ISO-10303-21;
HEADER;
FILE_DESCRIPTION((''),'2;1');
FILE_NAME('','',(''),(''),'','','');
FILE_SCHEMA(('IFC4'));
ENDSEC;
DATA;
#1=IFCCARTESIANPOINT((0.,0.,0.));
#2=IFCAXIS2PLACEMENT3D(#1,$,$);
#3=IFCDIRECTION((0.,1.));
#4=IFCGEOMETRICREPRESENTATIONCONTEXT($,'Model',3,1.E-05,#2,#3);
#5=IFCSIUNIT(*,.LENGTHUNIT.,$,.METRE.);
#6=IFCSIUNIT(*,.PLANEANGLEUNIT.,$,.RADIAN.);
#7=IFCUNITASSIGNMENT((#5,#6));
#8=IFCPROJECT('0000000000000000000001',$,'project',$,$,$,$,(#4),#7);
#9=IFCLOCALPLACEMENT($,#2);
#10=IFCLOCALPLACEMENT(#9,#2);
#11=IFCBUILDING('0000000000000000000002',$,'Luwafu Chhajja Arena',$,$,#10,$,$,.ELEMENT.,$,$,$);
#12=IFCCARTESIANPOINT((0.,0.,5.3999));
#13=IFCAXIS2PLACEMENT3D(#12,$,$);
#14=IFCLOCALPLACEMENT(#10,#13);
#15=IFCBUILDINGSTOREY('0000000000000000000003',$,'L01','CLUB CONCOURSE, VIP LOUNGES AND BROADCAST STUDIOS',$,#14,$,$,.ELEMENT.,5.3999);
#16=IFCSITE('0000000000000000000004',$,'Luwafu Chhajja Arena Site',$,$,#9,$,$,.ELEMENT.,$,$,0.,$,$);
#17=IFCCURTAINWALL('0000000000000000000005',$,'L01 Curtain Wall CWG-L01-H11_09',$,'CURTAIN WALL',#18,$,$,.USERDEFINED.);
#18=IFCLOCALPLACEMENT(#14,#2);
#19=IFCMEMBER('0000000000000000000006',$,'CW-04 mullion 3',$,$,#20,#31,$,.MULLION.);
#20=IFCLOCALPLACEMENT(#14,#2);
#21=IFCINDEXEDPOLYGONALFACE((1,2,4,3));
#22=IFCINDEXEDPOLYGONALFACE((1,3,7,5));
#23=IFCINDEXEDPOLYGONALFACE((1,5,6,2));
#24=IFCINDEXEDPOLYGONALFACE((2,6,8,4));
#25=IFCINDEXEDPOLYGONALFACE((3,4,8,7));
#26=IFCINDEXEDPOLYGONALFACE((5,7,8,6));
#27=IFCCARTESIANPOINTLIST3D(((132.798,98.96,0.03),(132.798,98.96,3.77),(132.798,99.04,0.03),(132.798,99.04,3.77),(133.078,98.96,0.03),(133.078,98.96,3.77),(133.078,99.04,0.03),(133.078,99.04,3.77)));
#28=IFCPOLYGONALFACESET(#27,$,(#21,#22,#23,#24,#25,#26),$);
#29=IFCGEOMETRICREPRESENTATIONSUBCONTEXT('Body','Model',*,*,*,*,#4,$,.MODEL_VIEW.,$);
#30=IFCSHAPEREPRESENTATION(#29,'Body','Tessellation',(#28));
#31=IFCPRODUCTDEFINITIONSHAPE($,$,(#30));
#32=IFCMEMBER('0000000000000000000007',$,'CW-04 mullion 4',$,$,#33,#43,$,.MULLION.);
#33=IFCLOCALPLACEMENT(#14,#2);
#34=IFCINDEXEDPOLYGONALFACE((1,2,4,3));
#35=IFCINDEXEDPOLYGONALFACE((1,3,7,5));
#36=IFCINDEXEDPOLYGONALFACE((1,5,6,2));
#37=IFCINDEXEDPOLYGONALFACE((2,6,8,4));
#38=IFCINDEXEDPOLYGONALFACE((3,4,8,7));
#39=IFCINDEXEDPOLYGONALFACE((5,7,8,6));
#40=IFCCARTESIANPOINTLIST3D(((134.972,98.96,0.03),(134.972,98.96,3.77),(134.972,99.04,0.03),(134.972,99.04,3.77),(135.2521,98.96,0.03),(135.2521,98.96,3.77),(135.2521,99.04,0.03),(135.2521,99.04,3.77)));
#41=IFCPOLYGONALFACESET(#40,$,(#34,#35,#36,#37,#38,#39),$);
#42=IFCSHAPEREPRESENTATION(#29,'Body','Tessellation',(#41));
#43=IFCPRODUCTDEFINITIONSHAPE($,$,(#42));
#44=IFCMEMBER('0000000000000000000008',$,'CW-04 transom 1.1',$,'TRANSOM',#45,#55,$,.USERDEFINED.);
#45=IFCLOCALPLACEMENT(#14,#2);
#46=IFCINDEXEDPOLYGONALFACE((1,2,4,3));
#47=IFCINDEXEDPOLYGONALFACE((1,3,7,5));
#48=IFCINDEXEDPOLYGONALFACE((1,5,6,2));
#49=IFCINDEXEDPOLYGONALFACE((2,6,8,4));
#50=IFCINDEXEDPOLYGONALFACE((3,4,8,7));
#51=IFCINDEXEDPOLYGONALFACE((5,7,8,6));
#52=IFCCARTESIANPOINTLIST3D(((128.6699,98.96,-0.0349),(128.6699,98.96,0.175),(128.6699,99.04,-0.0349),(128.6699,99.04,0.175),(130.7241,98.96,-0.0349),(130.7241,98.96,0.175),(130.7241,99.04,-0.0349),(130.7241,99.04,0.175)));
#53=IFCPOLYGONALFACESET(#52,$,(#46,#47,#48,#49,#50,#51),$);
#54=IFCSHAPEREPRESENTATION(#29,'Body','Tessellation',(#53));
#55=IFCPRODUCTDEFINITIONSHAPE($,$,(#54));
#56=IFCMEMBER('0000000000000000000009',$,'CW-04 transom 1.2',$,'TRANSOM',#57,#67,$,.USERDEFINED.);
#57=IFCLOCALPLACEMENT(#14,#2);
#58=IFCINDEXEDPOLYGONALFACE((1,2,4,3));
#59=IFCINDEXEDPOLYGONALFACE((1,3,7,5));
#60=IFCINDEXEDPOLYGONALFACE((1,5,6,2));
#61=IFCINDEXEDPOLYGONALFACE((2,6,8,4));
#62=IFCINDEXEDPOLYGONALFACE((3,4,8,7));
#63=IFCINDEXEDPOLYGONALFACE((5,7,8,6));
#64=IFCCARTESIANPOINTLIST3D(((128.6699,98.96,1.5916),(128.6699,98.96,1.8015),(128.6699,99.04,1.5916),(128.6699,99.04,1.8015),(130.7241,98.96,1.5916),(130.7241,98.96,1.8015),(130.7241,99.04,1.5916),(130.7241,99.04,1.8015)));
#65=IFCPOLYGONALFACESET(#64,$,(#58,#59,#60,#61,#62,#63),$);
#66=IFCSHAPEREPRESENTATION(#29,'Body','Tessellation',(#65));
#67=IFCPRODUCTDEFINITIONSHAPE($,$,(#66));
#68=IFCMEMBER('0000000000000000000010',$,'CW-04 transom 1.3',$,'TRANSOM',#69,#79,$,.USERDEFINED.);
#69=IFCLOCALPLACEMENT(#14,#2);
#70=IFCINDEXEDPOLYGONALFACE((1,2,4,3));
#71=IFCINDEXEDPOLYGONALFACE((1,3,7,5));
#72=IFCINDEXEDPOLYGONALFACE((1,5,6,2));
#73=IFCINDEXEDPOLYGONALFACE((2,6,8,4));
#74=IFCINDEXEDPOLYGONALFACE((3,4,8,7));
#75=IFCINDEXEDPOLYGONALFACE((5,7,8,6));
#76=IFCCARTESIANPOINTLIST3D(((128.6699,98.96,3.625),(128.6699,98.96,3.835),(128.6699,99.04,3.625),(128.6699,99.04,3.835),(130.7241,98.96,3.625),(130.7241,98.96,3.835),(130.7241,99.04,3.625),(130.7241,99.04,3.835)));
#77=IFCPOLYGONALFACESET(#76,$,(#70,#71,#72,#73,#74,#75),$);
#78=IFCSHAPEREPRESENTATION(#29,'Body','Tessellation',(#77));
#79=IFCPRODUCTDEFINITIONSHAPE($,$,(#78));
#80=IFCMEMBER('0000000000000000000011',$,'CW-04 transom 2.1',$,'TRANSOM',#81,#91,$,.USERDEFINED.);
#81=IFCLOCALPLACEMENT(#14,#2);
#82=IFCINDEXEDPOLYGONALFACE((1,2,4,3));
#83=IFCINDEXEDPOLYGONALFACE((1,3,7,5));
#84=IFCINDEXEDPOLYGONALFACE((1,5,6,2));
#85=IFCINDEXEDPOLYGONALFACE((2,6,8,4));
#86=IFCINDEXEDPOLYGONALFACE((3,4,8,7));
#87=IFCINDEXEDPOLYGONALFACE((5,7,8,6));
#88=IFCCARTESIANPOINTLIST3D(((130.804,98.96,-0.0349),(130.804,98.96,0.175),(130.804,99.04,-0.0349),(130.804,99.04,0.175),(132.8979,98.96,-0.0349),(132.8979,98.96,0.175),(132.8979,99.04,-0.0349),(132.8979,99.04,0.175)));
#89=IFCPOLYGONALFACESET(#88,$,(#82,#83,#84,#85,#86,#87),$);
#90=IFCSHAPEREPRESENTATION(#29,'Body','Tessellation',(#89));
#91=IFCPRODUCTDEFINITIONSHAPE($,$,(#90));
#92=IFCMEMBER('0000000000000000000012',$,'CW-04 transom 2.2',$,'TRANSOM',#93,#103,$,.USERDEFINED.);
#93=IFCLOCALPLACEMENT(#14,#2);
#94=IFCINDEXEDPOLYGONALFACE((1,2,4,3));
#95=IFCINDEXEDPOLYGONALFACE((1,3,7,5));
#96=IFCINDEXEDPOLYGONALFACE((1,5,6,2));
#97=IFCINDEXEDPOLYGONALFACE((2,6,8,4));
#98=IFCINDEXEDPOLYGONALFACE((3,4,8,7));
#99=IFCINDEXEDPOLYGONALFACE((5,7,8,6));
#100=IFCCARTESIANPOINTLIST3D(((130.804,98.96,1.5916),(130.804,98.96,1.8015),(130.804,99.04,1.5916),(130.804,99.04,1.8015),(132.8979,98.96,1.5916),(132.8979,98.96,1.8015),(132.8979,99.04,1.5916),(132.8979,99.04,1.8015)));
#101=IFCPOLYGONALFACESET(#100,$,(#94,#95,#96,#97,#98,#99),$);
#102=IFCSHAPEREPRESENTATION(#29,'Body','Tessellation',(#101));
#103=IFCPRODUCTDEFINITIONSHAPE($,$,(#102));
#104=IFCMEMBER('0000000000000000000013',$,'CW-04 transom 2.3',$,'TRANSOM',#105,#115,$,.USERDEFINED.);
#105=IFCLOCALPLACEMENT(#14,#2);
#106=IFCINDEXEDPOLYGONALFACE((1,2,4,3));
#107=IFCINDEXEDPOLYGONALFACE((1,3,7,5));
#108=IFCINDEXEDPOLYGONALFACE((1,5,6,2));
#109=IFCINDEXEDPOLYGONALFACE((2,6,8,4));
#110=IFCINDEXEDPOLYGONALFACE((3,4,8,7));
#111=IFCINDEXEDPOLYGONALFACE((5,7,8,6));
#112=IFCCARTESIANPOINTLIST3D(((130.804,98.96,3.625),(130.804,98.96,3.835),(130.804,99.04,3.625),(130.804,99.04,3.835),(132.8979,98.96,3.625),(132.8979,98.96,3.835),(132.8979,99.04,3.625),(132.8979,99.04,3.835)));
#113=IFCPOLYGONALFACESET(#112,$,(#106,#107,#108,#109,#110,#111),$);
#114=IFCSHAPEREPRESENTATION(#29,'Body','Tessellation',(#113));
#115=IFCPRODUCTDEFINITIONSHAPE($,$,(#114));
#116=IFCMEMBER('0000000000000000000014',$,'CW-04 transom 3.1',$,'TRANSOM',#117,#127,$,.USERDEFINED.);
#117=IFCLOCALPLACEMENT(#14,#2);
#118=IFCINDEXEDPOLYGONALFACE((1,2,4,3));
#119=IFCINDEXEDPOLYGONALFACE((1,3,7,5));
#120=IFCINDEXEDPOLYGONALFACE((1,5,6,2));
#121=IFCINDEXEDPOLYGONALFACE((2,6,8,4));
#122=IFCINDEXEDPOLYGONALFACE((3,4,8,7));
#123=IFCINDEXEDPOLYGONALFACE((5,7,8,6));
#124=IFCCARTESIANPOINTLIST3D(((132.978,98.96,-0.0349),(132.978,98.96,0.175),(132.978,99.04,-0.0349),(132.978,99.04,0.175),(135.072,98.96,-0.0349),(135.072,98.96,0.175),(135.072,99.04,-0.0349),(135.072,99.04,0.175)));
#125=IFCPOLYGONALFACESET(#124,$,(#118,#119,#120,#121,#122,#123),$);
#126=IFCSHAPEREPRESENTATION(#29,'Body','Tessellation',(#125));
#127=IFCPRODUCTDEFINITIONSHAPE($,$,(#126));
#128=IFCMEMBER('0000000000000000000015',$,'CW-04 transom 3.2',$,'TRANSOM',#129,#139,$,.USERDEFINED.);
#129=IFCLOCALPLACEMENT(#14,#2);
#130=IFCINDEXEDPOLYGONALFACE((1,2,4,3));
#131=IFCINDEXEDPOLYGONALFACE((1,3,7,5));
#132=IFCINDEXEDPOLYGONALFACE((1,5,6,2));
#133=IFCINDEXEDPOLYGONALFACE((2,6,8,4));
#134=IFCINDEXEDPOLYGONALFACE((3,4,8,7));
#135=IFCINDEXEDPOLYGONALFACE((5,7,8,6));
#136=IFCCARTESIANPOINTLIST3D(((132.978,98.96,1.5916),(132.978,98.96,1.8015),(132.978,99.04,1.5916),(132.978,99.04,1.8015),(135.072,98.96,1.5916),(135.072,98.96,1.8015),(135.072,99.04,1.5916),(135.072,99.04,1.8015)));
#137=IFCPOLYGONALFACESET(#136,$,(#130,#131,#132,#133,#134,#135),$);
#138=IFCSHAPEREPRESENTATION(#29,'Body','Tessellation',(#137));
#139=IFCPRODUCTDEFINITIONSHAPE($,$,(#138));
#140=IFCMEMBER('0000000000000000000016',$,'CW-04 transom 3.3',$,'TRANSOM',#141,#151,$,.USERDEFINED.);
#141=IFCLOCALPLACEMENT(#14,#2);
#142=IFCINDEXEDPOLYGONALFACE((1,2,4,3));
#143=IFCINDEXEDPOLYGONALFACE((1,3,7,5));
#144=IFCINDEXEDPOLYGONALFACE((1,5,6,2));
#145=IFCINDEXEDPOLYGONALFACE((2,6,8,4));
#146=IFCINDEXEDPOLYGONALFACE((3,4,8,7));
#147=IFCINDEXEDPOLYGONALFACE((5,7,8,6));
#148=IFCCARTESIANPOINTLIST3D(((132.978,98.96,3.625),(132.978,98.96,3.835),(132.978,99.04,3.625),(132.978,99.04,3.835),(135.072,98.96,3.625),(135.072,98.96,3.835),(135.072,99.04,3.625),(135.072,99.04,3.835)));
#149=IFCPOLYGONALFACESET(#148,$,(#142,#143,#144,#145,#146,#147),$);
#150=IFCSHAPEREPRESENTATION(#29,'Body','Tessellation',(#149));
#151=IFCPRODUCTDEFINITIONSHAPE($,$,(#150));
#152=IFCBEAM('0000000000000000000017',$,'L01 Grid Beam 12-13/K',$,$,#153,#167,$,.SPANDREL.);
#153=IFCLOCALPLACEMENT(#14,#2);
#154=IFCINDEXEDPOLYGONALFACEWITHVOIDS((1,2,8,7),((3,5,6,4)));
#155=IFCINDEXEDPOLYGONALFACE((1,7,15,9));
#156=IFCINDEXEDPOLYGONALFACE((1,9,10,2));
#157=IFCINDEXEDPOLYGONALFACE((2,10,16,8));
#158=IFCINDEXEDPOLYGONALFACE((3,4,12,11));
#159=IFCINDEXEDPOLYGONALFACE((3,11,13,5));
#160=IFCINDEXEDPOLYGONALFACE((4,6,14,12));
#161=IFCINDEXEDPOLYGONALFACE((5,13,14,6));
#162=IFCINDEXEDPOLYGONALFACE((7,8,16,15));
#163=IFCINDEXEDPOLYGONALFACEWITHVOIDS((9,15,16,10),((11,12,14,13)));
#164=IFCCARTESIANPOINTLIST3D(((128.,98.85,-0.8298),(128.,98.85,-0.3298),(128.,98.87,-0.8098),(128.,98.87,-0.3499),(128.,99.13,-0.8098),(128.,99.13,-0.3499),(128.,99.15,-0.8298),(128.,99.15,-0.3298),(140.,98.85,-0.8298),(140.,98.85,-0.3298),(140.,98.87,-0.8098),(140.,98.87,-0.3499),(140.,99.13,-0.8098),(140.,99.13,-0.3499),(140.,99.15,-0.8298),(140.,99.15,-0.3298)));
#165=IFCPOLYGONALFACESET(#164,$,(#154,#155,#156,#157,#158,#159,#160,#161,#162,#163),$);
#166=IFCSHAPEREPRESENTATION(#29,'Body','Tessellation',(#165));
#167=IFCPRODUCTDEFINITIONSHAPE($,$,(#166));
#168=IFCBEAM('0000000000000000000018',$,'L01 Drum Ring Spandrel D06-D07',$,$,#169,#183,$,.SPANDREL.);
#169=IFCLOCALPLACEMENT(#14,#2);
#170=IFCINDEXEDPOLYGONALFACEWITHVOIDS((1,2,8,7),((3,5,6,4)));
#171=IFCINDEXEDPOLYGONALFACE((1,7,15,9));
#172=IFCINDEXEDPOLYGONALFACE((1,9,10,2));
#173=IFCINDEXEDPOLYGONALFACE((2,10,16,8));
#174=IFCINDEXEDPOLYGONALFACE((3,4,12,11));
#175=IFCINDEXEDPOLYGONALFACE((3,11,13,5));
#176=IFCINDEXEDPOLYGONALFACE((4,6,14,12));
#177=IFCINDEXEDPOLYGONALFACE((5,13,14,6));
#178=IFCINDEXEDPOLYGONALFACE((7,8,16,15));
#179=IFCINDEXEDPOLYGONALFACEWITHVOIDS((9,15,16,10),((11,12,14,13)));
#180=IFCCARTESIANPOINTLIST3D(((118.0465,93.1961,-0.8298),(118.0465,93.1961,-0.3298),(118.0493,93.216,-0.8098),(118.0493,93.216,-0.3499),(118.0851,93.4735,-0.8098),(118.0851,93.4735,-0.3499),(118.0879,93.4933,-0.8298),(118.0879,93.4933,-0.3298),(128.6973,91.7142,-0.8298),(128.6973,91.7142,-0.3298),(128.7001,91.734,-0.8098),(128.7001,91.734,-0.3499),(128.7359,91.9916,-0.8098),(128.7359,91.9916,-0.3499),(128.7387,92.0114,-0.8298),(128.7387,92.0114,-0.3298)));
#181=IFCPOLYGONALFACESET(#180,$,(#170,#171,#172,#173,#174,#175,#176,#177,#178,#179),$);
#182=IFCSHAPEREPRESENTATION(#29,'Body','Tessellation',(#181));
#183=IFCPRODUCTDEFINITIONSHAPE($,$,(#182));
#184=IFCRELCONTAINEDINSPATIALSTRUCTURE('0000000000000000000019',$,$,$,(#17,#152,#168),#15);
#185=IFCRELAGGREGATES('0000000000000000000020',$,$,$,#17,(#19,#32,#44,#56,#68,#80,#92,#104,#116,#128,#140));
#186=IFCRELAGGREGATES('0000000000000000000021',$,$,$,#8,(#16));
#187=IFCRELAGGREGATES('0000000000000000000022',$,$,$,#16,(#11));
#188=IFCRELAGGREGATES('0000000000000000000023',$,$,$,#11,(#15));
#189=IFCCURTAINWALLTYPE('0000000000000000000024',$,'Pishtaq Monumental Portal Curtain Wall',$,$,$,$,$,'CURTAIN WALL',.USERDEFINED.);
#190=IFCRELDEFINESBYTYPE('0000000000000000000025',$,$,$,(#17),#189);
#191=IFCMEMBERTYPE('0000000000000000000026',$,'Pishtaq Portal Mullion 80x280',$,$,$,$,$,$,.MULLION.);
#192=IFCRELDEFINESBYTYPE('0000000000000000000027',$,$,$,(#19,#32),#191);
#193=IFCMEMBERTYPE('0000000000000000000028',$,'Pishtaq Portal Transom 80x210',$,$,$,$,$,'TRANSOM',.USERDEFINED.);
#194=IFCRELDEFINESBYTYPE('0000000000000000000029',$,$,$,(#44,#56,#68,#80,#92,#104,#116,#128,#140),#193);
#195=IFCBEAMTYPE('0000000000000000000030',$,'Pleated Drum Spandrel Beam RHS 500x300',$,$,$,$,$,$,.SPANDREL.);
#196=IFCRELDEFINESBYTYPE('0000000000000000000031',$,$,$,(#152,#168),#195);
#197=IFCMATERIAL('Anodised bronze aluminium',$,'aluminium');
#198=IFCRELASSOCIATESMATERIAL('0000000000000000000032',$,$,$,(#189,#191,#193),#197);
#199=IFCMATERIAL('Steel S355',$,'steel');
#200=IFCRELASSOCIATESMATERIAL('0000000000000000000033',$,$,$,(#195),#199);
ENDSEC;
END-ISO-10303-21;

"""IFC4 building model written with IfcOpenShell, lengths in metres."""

from ifc_helpers import new_model, si_unit, direction, frame, origin, origin_2d, place, context, subcontext, project, spatial, rectangle, hollow_rectangle, extrude, material, material_profile, profile_set, type_object, element, aggregate, save


model = new_model("IFC4")

# Units and contexts
model_context = context("Model", 3, precision=1e-05, world=origin(), true_north=direction((0.0, 1.0)))
body_context = subcontext(model_context, "Body", "Model", "MODEL_VIEW")
ifc_project = project(units=[si_unit("LENGTHUNIT", "METRE"), si_unit("PLANEANGLEUNIT", "RADIAN")], contexts=[model_context])

# Site, building, storey
site_placement = place(None, origin())
site = spatial("IfcSite", under=ifc_project, at=site_placement, Name="Luwafu Chhajja Arena Site", CompositionType="ELEMENT", RefElevation=0.0)
building_placement = place(site_placement, origin())
building = spatial("IfcBuilding", under=site, at=building_placement, Name="Luwafu Chhajja Arena", CompositionType="ELEMENT")
storey_placement = place(building_placement, frame((0.0, 0.0, 5.3999)))
storey = spatial("IfcBuildingStorey", under=building, at=storey_placement, Name="L01", Description="CLUB CONCOURSE, VIP LOUNGES AND BROADCAST STUDIOS", CompositionType="ELEMENT", Elevation=5.3999)

# Shared definitions
ifc_material_1 = material(Name="Steel S355", Category="steel")

# Curtain wall, members
ifc_material_2 = material(Name="Anodised bronze aluminium", Category="aluminium")
curtain_wall_type = type_object("IfcCurtainWallType", Name="Pishtaq Monumental Portal Curtain Wall", ElementType="CURTAIN WALL", PredefinedType="USERDEFINED", material=ifc_material_2)
curtain_wall_placement = place(storey_placement, origin())
curtain_wall = element("IfcCurtainWall", 1, at=curtain_wall_placement, inside=storey, type_object=curtain_wall_type, Name="L01 Curtain Wall CWG-L01-H11_09", ObjectType="CURTAIN WALL", PredefinedType="USERDEFINED")
ifc_material_profile_1 = material_profile(ifc_material_2, rectangle(XDim=0.0801, YDim=0.28, at=origin_2d()), Name="CWM 80x280")
ifc_profile_set_1 = profile_set([ifc_material_profile_1], Name="Anodised bronze aluminium")
member_type_1 = type_object("IfcMemberType", Name="Pishtaq Portal Mullion 80x280", PredefinedType="MULLION", material=ifc_profile_set_1)
member_1_placement = place(storey_placement, frame((132.938, 99.0, 0.03), z_axis=(0.0, 0.0, 1.0), x_axis=(0.0, 1.0, 0.0)))
member_1 = element("IfcMember", 2, at=member_1_placement, type_object=member_type_1, Name="CW-04 mullion 3", PredefinedType="MULLION", context=body_context, shape_type="SweptSolid", body=[
    extrude(rectangle(XDim=0.0801, YDim=0.28, at=origin_2d()), origin(), (0.0, 0.0, 1.0), 3.74),
])
member_2_placement = place(storey_placement, frame((135.1121, 99.0, 0.03), z_axis=(0.0, 0.0, 1.0), x_axis=(0.0, 1.0, 0.0)))
member_2 = element("IfcMember", 3, at=member_2_placement, type_object=member_type_1, Name="CW-04 mullion 4", PredefinedType="MULLION", context=body_context, shape_type="SweptSolid", body=[
    extrude(rectangle(XDim=0.0801, YDim=0.28, at=origin_2d()), origin(), (0.0, 0.0, 1.0), 3.74),
])
ifc_material_profile_2 = material_profile(ifc_material_2, rectangle(XDim=0.0801, YDim=0.21, at=origin_2d()), Name="CWT 80x210")
ifc_profile_set_2 = profile_set([ifc_material_profile_2], Name="Anodised bronze aluminium")
member_type_2 = type_object("IfcMemberType", Name="Pishtaq Portal Transom 80x210", ElementType="TRANSOM", PredefinedType="USERDEFINED", material=ifc_profile_set_2)
member_3_placement = place(storey_placement, frame((128.6699, 99.0, 0.0701), z_axis=(1.0, 0.0, 0.0), x_axis=(0.0, 1.0, 0.0)))
member_3 = element("IfcMember", 4, at=member_3_placement, type_object=member_type_2, Name="CW-04 transom 1.1", ObjectType="TRANSOM", PredefinedType="USERDEFINED", context=body_context, shape_type="SweptSolid", body=[
    extrude(rectangle(XDim=0.0801, YDim=0.21, at=origin_2d()), origin(), (0.0, 0.0, 1.0), 2.0542),
])
member_4_placement = place(storey_placement, frame((128.6699, 99.0, 1.6965), z_axis=(1.0, 0.0, 0.0), x_axis=(0.0, 1.0, 0.0)))
member_4 = element("IfcMember", 5, at=member_4_placement, type_object=member_type_2, Name="CW-04 transom 1.2", ObjectType="TRANSOM", PredefinedType="USERDEFINED", context=body_context, shape_type="SweptSolid", body=[
    extrude(rectangle(XDim=0.0801, YDim=0.21, at=origin_2d()), origin(), (0.0, 0.0, 1.0), 2.0542),
])
member_5_placement = place(storey_placement, frame((128.6699, 99.0, 3.73), z_axis=(1.0, 0.0, 0.0), x_axis=(0.0, 1.0, 0.0)))
member_5 = element("IfcMember", 6, at=member_5_placement, type_object=member_type_2, Name="CW-04 transom 1.3", ObjectType="TRANSOM", PredefinedType="USERDEFINED", context=body_context, shape_type="SweptSolid", body=[
    extrude(rectangle(XDim=0.0801, YDim=0.21, at=origin_2d()), origin(), (0.0, 0.0, 1.0), 2.0542),
])
member_6_placement = place(storey_placement, frame((130.804, 99.0, 0.0701), z_axis=(1.0, 0.0, 0.0), x_axis=(0.0, 1.0, 0.0)))
member_6 = element("IfcMember", 7, at=member_6_placement, type_object=member_type_2, Name="CW-04 transom 2.1", ObjectType="TRANSOM", PredefinedType="USERDEFINED", context=body_context, shape_type="SweptSolid", body=[
    extrude(rectangle(XDim=0.0801, YDim=0.21, at=origin_2d()), origin(), (0.0, 0.0, 1.0), 2.094),
])
member_7_placement = place(storey_placement, frame((130.804, 99.0, 1.6965), z_axis=(1.0, 0.0, 0.0), x_axis=(0.0, 1.0, 0.0)))
member_7 = element("IfcMember", 8, at=member_7_placement, type_object=member_type_2, Name="CW-04 transom 2.2", ObjectType="TRANSOM", PredefinedType="USERDEFINED", context=body_context, shape_type="SweptSolid", body=[
    extrude(rectangle(XDim=0.0801, YDim=0.21, at=origin_2d()), origin(), (0.0, 0.0, 1.0), 2.094),
])
member_8_placement = place(storey_placement, frame((130.804, 99.0, 3.73), z_axis=(1.0, 0.0, 0.0), x_axis=(0.0, 1.0, 0.0)))
member_8 = element("IfcMember", 9, at=member_8_placement, type_object=member_type_2, Name="CW-04 transom 2.3", ObjectType="TRANSOM", PredefinedType="USERDEFINED", context=body_context, shape_type="SweptSolid", body=[
    extrude(rectangle(XDim=0.0801, YDim=0.21, at=origin_2d()), origin(), (0.0, 0.0, 1.0), 2.094),
])
member_9_placement = place(storey_placement, frame((132.978, 99.0, 0.0701), z_axis=(1.0, 0.0, 0.0), x_axis=(0.0, 1.0, 0.0)))
member_9 = element("IfcMember", 10, at=member_9_placement, type_object=member_type_2, Name="CW-04 transom 3.1", ObjectType="TRANSOM", PredefinedType="USERDEFINED", context=body_context, shape_type="SweptSolid", body=[
    extrude(rectangle(XDim=0.0801, YDim=0.21, at=origin_2d()), origin(), (0.0, 0.0, 1.0), 2.094),
])
member_10_placement = place(storey_placement, frame((132.978, 99.0, 1.6965), z_axis=(1.0, 0.0, 0.0), x_axis=(0.0, 1.0, 0.0)))
member_10 = element("IfcMember", 11, at=member_10_placement, type_object=member_type_2, Name="CW-04 transom 3.2", ObjectType="TRANSOM", PredefinedType="USERDEFINED", context=body_context, shape_type="SweptSolid", body=[
    extrude(rectangle(XDim=0.0801, YDim=0.21, at=origin_2d()), origin(), (0.0, 0.0, 1.0), 2.094),
])
member_11_placement = place(storey_placement, frame((132.978, 99.0, 3.73), z_axis=(1.0, 0.0, 0.0), x_axis=(0.0, 1.0, 0.0)))
member_11 = element("IfcMember", 12, at=member_11_placement, type_object=member_type_2, Name="CW-04 transom 3.3", ObjectType="TRANSOM", PredefinedType="USERDEFINED", context=body_context, shape_type="SweptSolid", body=[
    extrude(rectangle(XDim=0.0801, YDim=0.21, at=origin_2d()), origin(), (0.0, 0.0, 1.0), 2.094),
])

# Beams
ifc_material_profile_3 = material_profile(ifc_material_1, hollow_rectangle(XDim=0.3, YDim=0.5, WallThickness=0.02, at=origin_2d()), Name="RHS 500x300x20")
ifc_profile_set_3 = profile_set([ifc_material_profile_3], Name="Steel S355")
beam_type_1 = type_object("IfcBeamType", Name="Pleated Drum Spandrel Beam RHS 500x300", PredefinedType="SPANDREL", material=ifc_profile_set_3)
beam_1_placement = place(storey_placement, frame((128.0, 99.0, -0.5798), z_axis=(1.0, 0.0, 0.0), x_axis=(0.0, 1.0, 0.0)))
element("IfcBeam", 13, at=beam_1_placement, inside=storey, type_object=beam_type_1, Name="L01 Grid Beam 12-13/K", PredefinedType="SPANDREL", context=body_context, shape_type="SweptSolid", body=[
    extrude(hollow_rectangle(XDim=0.3, YDim=0.5, WallThickness=0.02, at=origin_2d()), origin(), (0.0, 0.0, 1.0), 12.0),
])
beam_2_placement = place(storey_placement, frame((128.718, 91.8628, -0.5798), z_axis=(-0.990459, 0.13781, 0.0), x_axis=(-0.13781, -0.990459, 0.0)))
element("IfcBeam", 14, at=beam_2_placement, inside=storey, type_object=beam_type_1, Name="L01 Drum Ring Spandrel D06-D07", PredefinedType="SPANDREL", context=body_context, shape_type="SweptSolid", body=[
    extrude(hollow_rectangle(XDim=0.3, YDim=0.5, WallThickness=0.02, at=origin_2d()), origin(), (0.0, 0.0, 1.0), 10.7534),
])

aggregate(curtain_wall, [member_1, member_2, member_3, member_4, member_5, member_6, member_7, member_8, member_9, member_10, member_11])

save(model, "model.ifc")
